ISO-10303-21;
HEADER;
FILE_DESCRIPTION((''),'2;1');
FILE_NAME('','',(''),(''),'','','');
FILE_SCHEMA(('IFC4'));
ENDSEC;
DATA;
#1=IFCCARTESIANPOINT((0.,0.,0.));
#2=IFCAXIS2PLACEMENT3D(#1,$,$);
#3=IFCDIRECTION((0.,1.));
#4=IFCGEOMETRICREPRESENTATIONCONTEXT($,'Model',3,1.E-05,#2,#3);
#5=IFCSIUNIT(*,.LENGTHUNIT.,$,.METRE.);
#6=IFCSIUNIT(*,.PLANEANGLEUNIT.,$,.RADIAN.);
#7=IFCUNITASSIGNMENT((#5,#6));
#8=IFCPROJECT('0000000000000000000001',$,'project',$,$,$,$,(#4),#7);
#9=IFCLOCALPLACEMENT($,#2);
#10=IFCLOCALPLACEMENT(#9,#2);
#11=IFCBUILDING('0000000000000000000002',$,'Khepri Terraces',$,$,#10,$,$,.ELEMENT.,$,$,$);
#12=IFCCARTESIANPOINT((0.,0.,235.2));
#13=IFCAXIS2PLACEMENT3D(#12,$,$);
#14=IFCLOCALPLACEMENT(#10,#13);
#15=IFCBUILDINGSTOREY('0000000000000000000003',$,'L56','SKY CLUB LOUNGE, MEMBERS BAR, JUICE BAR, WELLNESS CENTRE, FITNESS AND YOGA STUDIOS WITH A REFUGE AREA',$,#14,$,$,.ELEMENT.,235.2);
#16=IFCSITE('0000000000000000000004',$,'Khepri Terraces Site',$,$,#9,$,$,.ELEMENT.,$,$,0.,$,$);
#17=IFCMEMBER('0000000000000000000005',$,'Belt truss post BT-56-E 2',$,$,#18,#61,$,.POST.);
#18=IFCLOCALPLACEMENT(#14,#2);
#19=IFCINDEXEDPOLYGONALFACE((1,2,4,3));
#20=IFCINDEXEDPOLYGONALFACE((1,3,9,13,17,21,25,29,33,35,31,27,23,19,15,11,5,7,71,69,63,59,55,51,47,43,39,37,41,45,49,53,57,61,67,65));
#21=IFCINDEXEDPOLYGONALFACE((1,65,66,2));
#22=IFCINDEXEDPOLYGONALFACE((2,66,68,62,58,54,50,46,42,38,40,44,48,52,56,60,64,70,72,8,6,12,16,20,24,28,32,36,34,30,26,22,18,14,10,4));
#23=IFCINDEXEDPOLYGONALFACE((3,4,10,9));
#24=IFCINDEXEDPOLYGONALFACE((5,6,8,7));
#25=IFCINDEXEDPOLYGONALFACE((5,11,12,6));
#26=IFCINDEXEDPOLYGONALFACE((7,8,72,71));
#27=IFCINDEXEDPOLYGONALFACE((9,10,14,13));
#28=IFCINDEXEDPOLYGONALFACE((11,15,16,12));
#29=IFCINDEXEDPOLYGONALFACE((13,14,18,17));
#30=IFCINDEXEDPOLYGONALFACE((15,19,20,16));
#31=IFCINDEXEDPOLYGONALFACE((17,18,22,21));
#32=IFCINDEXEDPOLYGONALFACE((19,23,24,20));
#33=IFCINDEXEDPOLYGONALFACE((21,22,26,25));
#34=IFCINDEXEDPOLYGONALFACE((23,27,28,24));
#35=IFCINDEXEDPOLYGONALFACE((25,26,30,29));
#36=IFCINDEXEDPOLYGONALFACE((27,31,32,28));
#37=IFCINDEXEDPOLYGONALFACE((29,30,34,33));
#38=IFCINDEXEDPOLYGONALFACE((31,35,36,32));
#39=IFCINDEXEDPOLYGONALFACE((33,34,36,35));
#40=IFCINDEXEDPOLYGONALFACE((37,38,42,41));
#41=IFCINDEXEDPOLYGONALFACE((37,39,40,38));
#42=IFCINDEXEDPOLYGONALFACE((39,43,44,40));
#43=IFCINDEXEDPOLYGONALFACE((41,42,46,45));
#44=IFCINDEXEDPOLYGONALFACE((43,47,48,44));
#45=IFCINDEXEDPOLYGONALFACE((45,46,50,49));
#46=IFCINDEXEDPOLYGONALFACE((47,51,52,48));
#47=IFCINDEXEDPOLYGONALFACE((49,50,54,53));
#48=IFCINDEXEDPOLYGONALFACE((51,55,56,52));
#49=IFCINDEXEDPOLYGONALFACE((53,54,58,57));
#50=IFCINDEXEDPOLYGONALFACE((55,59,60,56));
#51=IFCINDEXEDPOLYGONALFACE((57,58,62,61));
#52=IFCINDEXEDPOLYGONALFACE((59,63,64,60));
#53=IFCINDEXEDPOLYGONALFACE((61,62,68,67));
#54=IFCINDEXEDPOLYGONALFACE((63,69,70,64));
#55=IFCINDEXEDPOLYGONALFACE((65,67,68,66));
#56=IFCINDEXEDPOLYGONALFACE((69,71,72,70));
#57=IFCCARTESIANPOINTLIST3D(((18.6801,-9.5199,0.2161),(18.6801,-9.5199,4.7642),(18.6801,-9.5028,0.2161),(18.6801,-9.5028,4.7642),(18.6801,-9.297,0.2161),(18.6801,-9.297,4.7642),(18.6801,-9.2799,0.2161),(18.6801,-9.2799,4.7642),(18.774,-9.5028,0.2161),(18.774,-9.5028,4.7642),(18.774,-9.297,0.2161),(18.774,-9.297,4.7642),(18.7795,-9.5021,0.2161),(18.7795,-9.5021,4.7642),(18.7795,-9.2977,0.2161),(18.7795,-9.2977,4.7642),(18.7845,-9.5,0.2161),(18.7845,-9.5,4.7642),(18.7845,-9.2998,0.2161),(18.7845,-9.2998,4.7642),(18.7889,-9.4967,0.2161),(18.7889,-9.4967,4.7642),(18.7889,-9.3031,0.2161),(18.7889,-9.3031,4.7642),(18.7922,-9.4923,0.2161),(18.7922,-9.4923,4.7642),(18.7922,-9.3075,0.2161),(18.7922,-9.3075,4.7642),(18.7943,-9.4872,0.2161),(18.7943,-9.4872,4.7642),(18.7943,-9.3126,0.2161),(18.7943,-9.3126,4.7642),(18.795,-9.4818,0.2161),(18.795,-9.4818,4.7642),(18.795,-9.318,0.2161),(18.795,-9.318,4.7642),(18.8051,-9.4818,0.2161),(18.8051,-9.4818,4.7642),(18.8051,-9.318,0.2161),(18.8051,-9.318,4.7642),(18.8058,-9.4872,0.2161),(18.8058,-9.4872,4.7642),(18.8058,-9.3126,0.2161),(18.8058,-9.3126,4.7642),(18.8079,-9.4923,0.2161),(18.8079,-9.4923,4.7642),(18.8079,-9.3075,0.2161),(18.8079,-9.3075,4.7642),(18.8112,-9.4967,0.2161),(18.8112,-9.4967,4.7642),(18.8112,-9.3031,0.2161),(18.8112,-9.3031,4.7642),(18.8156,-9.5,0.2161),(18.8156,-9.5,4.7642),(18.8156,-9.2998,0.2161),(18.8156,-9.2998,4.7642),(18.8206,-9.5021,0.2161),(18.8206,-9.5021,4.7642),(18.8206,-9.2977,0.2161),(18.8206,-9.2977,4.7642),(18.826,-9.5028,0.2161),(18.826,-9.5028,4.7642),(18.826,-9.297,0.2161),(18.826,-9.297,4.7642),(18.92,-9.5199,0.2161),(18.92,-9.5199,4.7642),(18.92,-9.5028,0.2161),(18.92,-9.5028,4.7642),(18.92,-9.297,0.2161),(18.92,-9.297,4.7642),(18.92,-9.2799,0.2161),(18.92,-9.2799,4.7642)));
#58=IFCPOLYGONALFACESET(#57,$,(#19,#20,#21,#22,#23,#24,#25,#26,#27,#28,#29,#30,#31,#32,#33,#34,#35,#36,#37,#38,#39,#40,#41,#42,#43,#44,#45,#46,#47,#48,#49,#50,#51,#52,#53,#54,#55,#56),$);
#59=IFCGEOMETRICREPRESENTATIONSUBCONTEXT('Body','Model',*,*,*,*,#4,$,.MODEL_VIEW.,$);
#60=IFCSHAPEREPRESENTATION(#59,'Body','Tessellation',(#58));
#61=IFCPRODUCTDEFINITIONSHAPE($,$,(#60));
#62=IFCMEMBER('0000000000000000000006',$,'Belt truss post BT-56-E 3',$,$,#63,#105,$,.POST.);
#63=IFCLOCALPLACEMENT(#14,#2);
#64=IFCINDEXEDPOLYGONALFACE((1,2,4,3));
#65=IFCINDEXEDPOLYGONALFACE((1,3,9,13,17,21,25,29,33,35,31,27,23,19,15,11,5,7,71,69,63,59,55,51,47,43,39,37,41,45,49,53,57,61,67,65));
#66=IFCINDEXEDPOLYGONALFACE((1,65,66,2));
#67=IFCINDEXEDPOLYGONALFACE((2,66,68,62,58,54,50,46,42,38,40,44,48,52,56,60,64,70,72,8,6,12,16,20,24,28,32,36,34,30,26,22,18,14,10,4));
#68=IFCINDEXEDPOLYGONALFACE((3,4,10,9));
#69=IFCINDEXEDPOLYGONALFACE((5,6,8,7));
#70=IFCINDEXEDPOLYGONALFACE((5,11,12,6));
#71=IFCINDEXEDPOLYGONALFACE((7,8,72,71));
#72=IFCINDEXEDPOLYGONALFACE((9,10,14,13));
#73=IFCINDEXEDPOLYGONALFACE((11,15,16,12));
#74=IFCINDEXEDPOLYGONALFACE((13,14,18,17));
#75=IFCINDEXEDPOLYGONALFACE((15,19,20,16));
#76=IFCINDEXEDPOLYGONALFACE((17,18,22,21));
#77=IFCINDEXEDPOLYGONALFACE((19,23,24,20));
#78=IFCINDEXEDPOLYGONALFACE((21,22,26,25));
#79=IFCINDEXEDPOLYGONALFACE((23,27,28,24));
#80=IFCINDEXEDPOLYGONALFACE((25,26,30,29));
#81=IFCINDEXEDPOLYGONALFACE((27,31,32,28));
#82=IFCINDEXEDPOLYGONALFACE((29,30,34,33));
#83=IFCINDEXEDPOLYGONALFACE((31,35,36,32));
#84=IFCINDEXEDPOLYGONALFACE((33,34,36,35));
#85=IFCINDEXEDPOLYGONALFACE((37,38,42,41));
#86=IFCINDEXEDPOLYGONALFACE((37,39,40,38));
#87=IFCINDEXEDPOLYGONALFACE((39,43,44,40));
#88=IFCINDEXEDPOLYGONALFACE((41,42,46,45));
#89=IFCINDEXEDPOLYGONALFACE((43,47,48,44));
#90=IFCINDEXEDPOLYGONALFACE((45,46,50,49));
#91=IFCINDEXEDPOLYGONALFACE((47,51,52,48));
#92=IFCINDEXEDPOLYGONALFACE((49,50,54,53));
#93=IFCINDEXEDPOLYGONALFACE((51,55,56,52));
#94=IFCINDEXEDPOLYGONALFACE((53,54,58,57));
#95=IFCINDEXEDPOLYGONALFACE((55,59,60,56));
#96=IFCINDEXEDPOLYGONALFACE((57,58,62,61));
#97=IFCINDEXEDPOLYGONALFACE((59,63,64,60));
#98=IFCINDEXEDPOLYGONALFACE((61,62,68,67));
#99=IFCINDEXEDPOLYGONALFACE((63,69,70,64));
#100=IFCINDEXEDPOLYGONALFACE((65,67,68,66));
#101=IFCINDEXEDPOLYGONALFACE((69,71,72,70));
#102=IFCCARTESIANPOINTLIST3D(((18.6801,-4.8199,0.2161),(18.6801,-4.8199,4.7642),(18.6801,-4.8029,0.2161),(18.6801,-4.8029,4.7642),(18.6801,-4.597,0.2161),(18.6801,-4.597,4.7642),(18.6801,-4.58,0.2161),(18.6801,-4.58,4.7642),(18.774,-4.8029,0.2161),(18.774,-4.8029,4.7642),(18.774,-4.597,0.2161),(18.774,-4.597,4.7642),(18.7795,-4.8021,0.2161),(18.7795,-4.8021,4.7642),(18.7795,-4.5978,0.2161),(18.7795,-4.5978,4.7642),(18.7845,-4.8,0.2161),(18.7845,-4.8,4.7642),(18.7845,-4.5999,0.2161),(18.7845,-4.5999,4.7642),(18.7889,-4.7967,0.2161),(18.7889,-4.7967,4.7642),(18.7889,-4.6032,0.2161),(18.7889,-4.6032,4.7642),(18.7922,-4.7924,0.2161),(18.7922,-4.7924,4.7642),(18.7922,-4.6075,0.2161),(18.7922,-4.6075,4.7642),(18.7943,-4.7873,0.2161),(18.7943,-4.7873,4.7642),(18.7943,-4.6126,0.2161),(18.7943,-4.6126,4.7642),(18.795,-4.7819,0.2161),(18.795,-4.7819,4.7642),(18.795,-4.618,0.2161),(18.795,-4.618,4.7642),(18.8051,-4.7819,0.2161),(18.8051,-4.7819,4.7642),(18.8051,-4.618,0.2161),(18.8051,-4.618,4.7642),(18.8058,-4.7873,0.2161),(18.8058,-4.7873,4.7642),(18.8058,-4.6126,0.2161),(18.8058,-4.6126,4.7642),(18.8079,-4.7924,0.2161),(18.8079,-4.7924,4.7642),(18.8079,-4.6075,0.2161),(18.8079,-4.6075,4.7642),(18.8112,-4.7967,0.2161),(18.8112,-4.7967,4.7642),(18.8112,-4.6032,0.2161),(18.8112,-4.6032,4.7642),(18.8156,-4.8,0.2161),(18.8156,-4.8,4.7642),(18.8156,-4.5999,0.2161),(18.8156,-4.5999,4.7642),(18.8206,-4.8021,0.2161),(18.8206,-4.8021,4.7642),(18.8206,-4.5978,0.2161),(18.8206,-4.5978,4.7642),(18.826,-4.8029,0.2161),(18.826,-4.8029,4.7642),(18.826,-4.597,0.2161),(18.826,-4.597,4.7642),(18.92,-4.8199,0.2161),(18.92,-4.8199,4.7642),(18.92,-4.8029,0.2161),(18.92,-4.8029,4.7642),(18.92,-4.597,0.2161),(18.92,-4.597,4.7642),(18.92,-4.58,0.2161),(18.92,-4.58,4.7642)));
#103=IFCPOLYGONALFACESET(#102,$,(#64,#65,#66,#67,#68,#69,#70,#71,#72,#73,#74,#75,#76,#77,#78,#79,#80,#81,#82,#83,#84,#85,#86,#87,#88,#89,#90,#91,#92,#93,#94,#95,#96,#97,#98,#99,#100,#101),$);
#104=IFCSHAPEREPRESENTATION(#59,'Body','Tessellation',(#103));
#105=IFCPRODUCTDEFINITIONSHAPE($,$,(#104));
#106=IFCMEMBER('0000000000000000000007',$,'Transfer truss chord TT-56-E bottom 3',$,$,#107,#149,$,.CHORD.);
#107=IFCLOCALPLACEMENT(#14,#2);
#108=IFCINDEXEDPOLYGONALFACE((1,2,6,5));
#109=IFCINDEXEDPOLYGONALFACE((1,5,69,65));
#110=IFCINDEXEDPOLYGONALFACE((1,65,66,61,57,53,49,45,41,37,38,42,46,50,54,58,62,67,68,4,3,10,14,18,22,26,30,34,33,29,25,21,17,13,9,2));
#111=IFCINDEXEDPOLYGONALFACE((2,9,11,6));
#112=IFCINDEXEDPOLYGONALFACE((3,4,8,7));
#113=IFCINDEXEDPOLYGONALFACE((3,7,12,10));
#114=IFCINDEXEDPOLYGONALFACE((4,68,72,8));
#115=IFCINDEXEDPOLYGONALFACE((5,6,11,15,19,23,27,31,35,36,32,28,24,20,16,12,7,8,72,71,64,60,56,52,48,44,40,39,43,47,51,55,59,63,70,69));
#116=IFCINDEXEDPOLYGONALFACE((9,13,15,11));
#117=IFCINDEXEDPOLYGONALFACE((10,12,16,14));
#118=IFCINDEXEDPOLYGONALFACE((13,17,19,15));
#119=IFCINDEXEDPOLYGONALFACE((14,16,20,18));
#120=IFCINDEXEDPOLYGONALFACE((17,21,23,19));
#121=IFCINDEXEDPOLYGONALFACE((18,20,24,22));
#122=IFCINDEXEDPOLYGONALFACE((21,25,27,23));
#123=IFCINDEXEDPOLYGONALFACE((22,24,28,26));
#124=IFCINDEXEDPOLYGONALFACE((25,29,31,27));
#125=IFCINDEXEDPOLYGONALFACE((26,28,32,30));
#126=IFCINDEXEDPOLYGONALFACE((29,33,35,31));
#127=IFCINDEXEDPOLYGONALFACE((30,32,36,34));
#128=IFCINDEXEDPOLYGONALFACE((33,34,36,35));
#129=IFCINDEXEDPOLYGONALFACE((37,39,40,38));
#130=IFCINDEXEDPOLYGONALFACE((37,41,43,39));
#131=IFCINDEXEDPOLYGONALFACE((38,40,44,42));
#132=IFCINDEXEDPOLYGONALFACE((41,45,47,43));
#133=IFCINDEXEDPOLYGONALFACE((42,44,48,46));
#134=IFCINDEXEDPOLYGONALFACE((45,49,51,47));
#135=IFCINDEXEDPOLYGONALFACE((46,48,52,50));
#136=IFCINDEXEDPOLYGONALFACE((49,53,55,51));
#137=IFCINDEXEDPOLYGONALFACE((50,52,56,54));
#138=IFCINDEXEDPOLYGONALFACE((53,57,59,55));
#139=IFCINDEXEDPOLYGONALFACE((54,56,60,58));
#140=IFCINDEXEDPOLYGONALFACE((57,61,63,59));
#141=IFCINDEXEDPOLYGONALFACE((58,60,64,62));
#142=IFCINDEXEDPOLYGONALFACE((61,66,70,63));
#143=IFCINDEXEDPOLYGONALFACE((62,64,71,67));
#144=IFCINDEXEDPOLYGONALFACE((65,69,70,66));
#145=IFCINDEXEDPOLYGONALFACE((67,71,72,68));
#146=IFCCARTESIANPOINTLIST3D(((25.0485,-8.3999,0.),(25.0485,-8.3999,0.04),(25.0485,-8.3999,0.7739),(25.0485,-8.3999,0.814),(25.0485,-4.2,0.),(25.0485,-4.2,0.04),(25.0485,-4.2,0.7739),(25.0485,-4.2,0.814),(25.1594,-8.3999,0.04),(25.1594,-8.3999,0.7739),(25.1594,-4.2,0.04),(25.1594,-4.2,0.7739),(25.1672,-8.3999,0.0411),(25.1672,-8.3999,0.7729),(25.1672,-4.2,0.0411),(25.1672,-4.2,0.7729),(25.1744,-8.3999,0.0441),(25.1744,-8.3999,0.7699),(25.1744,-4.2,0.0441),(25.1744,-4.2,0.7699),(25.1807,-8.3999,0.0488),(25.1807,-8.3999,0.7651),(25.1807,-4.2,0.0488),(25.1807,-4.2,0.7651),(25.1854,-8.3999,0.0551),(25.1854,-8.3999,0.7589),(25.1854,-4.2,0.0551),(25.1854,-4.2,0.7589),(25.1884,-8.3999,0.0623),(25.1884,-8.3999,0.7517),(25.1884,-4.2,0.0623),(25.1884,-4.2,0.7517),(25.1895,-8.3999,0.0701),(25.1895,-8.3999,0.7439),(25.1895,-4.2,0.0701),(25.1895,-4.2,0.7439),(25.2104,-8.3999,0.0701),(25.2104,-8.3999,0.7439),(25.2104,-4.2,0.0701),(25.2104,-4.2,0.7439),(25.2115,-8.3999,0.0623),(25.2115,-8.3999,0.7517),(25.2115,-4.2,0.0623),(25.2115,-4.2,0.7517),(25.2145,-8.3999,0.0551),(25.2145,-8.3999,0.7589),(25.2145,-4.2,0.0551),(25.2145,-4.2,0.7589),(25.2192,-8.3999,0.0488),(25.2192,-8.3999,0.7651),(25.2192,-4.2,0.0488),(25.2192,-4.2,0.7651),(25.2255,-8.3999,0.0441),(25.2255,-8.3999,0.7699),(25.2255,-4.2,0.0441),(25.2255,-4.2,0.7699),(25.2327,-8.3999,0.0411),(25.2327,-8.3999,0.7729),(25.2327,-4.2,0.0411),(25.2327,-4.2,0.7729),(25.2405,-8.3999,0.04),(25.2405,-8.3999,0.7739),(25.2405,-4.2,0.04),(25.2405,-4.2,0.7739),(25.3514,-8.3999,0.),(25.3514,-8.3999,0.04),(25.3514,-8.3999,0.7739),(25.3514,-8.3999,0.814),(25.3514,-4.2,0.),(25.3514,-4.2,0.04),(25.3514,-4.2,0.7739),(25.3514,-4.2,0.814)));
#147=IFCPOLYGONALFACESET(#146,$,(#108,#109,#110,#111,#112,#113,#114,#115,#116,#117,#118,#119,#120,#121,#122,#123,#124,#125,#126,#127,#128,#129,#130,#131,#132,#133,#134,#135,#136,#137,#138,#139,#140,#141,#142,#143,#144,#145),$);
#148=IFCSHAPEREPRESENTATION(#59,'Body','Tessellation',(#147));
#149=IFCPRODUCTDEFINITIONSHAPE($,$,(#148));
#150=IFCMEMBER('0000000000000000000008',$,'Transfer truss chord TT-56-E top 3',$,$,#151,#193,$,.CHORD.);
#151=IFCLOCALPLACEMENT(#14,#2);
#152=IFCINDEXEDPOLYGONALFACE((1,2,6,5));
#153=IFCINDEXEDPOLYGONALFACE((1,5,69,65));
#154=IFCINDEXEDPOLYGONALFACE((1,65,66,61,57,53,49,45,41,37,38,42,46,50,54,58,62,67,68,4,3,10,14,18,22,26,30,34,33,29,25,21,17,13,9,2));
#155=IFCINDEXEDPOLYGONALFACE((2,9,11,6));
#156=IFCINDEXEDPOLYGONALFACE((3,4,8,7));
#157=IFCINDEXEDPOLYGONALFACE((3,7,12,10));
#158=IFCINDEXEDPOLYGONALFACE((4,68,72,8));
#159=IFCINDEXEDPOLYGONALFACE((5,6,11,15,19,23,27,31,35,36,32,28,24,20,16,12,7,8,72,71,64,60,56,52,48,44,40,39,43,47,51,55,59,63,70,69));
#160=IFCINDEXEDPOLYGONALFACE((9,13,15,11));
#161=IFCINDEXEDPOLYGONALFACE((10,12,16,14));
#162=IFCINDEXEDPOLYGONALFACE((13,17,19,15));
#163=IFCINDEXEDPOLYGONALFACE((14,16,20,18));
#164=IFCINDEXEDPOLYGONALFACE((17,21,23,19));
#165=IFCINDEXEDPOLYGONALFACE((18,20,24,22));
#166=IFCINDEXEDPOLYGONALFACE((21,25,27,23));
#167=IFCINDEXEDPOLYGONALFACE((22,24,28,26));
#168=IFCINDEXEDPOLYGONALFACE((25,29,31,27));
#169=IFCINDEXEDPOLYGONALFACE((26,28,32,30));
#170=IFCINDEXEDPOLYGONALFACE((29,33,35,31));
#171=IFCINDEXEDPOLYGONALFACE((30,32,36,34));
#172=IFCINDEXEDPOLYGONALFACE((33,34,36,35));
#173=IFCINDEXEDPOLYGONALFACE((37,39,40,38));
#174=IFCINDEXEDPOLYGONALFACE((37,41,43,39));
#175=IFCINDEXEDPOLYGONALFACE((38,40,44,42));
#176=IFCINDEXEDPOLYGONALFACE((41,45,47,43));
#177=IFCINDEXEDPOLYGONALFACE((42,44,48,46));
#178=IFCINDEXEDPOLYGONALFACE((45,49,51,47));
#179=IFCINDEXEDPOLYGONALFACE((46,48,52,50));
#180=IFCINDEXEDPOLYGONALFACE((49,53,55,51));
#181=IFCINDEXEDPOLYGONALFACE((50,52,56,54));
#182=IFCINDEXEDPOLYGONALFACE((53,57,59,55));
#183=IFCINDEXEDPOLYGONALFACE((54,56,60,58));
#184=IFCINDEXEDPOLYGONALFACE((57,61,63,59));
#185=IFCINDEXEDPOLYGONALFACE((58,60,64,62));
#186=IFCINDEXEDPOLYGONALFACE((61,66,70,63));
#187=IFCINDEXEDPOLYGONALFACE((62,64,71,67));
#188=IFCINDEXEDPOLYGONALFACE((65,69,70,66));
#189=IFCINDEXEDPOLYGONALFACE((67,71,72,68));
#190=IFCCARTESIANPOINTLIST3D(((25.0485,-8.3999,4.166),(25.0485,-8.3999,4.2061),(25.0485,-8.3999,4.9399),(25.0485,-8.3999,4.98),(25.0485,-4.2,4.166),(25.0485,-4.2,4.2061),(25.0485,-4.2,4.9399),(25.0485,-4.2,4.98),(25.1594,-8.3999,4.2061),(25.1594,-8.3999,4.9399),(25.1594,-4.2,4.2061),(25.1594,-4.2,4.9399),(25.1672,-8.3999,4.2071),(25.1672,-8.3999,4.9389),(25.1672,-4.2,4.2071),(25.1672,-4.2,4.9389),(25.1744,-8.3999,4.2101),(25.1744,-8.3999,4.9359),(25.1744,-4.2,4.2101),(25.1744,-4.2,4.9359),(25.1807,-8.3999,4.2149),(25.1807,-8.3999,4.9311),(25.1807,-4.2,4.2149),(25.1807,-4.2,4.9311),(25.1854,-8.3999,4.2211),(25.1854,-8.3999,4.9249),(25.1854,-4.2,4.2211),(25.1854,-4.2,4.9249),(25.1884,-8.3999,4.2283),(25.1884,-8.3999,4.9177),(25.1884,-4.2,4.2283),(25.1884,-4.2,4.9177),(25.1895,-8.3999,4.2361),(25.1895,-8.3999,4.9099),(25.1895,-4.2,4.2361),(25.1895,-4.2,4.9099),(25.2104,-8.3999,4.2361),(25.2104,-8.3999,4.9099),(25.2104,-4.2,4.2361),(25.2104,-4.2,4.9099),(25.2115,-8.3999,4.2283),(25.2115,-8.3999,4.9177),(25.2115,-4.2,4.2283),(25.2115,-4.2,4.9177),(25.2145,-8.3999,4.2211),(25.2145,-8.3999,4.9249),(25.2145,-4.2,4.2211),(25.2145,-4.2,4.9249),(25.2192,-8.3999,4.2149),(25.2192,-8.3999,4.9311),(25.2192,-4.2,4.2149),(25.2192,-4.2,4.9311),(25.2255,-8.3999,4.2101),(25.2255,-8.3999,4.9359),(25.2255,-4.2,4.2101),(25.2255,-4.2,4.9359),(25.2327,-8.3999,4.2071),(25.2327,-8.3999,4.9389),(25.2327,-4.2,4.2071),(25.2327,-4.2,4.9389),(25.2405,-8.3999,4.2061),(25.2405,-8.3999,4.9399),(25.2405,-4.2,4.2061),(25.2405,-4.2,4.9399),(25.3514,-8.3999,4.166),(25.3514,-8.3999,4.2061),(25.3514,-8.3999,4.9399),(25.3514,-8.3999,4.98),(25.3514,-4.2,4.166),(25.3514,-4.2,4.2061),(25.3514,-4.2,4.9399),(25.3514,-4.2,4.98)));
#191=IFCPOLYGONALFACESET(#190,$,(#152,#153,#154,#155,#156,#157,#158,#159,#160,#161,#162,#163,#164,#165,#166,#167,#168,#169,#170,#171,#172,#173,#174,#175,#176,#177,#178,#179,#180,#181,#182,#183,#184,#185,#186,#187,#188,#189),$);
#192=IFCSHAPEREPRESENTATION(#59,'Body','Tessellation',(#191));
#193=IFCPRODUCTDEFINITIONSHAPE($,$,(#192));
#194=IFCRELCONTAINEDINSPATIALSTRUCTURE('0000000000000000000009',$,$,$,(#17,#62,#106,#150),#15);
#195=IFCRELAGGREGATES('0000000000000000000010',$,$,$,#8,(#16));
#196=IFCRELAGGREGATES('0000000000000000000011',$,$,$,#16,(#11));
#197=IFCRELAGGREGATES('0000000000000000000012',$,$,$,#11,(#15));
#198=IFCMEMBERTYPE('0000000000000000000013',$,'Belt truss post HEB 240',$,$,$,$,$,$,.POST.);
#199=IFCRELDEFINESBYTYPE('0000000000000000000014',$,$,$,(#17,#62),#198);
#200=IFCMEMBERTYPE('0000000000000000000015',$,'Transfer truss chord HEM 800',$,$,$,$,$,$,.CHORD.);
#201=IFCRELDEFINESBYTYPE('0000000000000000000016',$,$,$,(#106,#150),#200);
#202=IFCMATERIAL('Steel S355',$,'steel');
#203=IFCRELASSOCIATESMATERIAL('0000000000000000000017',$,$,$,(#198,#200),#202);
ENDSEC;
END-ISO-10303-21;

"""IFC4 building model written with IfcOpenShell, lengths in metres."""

from ifc_helpers import new_model, si_unit, direction, frame, origin, origin_2d, place, context, subcontext, project, spatial, i_section, extrude, material, material_profile, profile_set, type_object, element, save


model = new_model("IFC4")

# Units and contexts
model_context = context("Model", 3, precision=1e-05, world=origin(), true_north=direction((0.0, 1.0)))
body_context = subcontext(model_context, "Body", "Model", "MODEL_VIEW")
ifc_project = project(units=[si_unit("LENGTHUNIT", "METRE"), si_unit("PLANEANGLEUNIT", "RADIAN")], contexts=[model_context])

# Site, building, storey
site_placement = place(None, origin())
site = spatial("IfcSite", under=ifc_project, at=site_placement, Name="Khepri Terraces Site", CompositionType="ELEMENT", RefElevation=0.0)
building_placement = place(site_placement, origin())
building = spatial("IfcBuilding", under=site, at=building_placement, Name="Khepri Terraces", CompositionType="ELEMENT")
storey_placement = place(building_placement, frame((0.0, 0.0, 235.2)))
storey = spatial("IfcBuildingStorey", under=building, at=storey_placement, Name="L56", Description="SKY CLUB LOUNGE, MEMBERS BAR, JUICE BAR, WELLNESS CENTRE, FITNESS AND YOGA STUDIOS WITH A REFUGE AREA", CompositionType="ELEMENT", Elevation=235.2)

# Members
ifc_material_1 = material(Name="Steel S355", Category="steel")
ifc_material_profile_1 = material_profile(ifc_material_1, i_section(OverallWidth=0.24, OverallDepth=0.24, WebThickness=0.01, FlangeThickness=0.0171, FilletRadius=0.021, at=origin_2d()), Name="Steel S355", Category="steel")
ifc_profile_set_1 = profile_set([ifc_material_profile_1], Name="Steel S355")
member_type_1 = type_object("IfcMemberType", Name="Belt truss post HEB 240", PredefinedType="POST", material=ifc_profile_set_1)
for number, where, z_axis, x_axis, name in (
    (1, (18.8, -9.3999, 0.2161), (0.0, 0.0, 1.0), (1.0, 0.0, 0.0), "Belt truss post BT-56-E 2"),
    (2, (18.8, -4.7, 0.2161), (0.0, 0.0, 1.0), (1.0, 0.0, 0.0), "Belt truss post BT-56-E 3"),
):
    element("IfcMember", number, at=place(storey_placement, frame(where, z_axis=z_axis, x_axis=x_axis)), inside=storey, type_object=member_type_1, Name=name, PredefinedType="POST", context=body_context, shape_type="SweptSolid", body=[
        extrude(i_section(OverallWidth=0.24, OverallDepth=0.24, WebThickness=0.01, FlangeThickness=0.0171, FilletRadius=0.021, at=origin_2d()), origin(), (0.0, 0.0, 1.0), 4.5481),
    ])
ifc_material_profile_2 = material_profile(ifc_material_1, i_section(OverallWidth=0.303, OverallDepth=0.814, WebThickness=0.021, FlangeThickness=0.04, FilletRadius=0.03, at=origin_2d()), Name="Steel S355", Category="steel")
ifc_profile_set_2 = profile_set([ifc_material_profile_2], Name="Steel S355")
member_type_2 = type_object("IfcMemberType", Name="Transfer truss chord HEM 800", PredefinedType="CHORD", material=ifc_profile_set_2)
for number, where, z_axis, x_axis, name in (
    (3, (25.2, -8.3999, 0.407), (0.0, 1.0, 0.0), (-1.0, 0.0, 0.0), "Transfer truss chord TT-56-E bottom 3"),
    (4, (25.2, -8.3999, 4.573), (0.0, 1.0, 0.0), (-1.0, 0.0, 0.0), "Transfer truss chord TT-56-E top 3"),
):
    element("IfcMember", number, at=place(storey_placement, frame(where, z_axis=z_axis, x_axis=x_axis)), inside=storey, type_object=member_type_2, Name=name, PredefinedType="CHORD", context=body_context, shape_type="SweptSolid", body=[
        extrude(i_section(OverallWidth=0.303, OverallDepth=0.814, WebThickness=0.021, FlangeThickness=0.04, FilletRadius=0.03, at=origin_2d()), origin(), (0.0, 0.0, 1.0), 4.2),
    ])

save(model, "model.ifc")
